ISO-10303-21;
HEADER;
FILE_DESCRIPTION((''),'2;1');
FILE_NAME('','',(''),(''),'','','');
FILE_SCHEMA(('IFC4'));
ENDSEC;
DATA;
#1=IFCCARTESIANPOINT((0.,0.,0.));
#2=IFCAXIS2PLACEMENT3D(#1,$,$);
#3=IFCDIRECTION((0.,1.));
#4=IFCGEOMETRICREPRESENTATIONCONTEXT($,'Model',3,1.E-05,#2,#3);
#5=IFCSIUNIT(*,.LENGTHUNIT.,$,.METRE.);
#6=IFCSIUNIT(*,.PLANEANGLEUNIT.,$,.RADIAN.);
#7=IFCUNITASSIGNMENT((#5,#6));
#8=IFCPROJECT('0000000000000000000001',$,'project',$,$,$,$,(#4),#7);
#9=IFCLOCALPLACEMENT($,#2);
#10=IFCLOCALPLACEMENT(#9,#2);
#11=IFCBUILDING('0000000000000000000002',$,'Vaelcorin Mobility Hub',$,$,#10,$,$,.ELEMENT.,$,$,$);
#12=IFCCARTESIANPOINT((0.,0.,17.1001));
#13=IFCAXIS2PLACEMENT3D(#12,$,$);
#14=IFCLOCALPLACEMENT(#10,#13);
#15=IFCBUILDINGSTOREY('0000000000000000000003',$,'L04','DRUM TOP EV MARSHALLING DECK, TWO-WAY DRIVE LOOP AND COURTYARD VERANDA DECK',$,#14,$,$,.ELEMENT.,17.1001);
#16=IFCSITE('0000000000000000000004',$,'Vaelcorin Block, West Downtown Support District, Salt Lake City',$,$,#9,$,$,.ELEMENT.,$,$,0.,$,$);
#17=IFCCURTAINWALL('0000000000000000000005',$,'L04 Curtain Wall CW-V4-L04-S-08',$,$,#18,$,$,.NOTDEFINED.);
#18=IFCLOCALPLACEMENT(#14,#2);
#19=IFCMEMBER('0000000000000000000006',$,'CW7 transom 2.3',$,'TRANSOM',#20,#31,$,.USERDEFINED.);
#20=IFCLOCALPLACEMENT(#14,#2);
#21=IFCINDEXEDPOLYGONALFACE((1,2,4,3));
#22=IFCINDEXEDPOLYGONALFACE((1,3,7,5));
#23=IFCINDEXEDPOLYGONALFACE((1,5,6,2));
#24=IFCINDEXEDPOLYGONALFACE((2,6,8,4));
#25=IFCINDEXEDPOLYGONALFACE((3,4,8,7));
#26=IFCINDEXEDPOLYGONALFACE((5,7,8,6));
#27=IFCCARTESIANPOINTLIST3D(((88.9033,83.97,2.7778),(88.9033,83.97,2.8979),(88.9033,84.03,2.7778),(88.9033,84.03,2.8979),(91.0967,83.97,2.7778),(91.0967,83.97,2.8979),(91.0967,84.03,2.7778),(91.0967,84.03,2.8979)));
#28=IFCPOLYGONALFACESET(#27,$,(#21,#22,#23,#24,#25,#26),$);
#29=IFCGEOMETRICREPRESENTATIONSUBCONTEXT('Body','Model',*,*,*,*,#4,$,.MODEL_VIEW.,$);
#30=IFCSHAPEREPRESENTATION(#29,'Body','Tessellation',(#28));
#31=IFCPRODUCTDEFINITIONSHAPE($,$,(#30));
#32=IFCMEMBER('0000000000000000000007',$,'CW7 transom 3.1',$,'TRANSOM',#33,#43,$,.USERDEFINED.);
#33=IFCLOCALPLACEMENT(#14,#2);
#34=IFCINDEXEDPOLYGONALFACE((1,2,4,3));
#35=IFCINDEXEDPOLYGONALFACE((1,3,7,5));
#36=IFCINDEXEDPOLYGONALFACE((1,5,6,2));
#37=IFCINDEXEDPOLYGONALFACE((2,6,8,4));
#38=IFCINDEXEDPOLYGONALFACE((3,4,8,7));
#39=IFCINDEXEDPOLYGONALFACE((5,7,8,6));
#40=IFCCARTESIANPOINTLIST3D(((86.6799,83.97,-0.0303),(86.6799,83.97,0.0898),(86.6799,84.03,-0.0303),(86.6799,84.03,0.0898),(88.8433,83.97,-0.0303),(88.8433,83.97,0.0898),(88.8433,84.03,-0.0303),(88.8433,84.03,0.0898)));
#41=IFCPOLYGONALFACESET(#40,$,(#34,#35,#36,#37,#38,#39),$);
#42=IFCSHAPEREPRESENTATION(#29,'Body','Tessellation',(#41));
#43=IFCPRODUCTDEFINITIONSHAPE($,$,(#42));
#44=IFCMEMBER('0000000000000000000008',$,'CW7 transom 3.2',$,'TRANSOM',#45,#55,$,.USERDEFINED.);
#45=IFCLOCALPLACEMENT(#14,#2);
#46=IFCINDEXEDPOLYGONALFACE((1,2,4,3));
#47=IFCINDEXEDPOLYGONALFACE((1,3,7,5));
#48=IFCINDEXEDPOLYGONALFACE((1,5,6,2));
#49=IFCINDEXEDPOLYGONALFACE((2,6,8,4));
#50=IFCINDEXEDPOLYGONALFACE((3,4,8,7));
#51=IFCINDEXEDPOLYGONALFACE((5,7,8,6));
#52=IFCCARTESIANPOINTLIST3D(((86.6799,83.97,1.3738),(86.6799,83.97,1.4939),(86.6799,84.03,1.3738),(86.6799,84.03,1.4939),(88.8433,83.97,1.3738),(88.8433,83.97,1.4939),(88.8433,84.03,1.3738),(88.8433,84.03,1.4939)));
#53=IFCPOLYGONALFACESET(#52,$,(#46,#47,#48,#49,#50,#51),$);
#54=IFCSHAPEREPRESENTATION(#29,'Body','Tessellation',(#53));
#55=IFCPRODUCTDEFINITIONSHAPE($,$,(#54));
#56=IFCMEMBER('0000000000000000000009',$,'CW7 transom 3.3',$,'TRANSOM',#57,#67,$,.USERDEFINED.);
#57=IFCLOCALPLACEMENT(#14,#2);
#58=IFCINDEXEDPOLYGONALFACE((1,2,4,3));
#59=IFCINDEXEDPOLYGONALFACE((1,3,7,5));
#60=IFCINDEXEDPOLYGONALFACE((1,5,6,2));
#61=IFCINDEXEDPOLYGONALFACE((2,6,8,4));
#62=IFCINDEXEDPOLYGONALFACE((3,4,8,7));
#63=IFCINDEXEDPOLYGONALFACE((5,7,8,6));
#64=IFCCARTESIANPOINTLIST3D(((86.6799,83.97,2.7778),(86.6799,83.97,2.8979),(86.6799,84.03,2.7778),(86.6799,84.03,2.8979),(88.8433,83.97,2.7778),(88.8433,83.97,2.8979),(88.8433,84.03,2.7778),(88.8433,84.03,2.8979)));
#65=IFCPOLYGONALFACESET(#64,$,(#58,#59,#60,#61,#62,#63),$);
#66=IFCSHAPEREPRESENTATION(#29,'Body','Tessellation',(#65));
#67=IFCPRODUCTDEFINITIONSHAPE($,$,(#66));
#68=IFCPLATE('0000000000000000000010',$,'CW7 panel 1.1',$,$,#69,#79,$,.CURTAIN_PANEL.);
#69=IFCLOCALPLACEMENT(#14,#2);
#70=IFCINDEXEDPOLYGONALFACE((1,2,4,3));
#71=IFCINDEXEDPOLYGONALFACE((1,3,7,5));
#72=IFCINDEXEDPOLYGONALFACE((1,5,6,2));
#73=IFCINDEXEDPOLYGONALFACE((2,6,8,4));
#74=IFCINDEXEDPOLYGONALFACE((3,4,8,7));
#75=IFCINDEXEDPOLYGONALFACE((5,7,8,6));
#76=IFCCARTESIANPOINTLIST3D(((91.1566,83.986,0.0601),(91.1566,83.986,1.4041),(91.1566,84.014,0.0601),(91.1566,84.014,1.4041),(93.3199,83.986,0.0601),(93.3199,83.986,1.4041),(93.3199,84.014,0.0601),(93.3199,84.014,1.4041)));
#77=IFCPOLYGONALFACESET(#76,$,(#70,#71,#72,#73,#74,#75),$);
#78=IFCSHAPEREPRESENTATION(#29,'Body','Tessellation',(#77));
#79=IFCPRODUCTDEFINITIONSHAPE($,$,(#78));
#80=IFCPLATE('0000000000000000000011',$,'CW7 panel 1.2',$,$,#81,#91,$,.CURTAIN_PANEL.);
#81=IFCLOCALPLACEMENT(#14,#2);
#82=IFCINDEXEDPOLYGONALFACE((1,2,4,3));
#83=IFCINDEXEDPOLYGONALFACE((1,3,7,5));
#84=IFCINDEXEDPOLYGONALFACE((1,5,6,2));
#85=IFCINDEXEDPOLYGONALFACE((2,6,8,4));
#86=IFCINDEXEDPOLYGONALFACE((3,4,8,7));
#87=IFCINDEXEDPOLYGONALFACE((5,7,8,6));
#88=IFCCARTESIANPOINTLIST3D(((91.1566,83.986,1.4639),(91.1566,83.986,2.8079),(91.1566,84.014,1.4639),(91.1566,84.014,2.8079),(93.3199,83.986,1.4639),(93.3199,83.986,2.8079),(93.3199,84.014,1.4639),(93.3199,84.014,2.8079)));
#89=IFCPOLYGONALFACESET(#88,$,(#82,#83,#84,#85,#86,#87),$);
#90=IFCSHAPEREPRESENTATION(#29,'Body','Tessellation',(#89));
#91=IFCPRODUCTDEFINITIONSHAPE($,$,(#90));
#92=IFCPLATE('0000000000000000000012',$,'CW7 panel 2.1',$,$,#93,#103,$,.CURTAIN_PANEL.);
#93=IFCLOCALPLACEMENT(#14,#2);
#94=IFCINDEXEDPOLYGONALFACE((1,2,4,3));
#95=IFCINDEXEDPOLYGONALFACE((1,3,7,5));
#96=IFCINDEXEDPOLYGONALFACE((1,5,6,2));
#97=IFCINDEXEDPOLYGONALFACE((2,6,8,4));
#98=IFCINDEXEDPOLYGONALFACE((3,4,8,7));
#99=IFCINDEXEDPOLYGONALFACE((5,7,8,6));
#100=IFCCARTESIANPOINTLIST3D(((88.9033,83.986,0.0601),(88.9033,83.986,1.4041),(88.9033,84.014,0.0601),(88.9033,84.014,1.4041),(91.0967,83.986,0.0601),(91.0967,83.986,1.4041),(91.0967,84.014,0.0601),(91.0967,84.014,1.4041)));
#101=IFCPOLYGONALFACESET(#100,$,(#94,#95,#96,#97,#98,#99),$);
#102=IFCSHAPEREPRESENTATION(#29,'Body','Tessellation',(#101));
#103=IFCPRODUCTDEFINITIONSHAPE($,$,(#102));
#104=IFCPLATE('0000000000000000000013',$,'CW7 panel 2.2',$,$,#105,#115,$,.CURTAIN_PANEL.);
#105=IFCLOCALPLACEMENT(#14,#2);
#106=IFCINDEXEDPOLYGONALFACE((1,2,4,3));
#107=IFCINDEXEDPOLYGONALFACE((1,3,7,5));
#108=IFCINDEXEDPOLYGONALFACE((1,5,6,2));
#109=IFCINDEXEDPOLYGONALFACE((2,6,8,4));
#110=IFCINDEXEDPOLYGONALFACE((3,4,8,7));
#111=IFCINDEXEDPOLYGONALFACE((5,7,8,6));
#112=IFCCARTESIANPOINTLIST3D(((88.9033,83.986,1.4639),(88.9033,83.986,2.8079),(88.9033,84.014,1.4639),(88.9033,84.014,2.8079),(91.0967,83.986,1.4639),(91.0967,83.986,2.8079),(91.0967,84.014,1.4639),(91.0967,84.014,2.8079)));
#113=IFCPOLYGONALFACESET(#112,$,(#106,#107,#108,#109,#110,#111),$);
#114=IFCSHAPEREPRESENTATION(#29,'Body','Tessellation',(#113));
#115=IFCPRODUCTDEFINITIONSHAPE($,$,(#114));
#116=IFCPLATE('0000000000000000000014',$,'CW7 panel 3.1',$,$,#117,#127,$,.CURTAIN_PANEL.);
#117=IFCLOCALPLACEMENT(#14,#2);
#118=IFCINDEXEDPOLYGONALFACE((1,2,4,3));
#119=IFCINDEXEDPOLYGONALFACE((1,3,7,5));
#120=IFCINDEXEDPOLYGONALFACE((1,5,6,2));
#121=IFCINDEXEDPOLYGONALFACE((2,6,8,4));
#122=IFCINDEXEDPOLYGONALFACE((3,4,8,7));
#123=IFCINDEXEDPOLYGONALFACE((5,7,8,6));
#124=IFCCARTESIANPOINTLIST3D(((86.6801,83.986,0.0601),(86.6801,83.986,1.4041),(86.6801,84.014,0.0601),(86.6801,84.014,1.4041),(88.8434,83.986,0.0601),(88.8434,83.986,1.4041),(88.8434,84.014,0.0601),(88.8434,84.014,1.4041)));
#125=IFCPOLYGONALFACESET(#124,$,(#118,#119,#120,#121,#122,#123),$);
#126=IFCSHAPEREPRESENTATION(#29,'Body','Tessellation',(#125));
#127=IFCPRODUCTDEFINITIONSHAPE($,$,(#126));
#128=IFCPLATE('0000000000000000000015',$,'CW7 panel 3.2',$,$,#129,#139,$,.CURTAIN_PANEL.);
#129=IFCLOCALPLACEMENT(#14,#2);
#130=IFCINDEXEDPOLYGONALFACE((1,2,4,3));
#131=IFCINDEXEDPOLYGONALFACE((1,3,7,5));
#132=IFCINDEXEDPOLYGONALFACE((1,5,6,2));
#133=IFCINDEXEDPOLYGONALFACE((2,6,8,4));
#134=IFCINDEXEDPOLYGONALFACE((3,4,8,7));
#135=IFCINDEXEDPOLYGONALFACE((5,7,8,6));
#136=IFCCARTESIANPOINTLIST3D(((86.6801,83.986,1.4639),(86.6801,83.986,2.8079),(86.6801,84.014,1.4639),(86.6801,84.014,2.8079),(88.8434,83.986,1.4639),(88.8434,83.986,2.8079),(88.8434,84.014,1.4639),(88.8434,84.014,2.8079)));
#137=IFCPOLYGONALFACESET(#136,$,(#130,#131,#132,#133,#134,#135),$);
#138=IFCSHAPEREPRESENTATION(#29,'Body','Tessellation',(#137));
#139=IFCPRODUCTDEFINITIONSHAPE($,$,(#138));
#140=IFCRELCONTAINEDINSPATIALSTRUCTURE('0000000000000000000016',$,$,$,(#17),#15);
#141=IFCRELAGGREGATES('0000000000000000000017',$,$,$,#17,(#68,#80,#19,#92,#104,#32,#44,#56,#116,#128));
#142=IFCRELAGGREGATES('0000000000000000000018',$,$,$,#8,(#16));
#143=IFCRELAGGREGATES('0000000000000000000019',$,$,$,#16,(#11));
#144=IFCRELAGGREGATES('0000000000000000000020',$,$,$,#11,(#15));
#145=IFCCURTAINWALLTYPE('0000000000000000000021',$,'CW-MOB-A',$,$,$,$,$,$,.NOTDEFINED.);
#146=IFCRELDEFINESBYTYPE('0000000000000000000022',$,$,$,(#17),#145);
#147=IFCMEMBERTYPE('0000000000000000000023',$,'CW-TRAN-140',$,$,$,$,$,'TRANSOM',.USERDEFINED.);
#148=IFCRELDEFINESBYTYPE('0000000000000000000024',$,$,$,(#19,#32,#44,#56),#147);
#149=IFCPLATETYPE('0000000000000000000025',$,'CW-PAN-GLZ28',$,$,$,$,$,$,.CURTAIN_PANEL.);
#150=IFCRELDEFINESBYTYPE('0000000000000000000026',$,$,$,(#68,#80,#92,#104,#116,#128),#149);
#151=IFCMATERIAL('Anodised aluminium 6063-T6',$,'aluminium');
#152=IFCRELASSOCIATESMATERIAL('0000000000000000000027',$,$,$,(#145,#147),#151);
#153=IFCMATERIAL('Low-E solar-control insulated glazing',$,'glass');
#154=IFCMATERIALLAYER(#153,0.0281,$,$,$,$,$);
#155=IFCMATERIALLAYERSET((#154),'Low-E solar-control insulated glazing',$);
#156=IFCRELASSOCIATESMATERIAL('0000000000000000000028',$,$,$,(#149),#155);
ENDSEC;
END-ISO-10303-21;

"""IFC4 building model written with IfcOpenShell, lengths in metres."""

from ifc_helpers import new_model, si_unit, direction, frame, origin, origin_2d, place, context, subcontext, project, spatial, rectangle, extrude, material, layer, layer_set, material_profile, profile_set, type_object, element, aggregate, save


model = new_model("IFC4")

# Units and contexts
model_context = context("Model", 3, precision=1e-05, world=origin(), true_north=direction((0.0, 1.0)))
body_context = subcontext(model_context, "Body", "Model", "MODEL_VIEW")
ifc_project = project(units=[si_unit("LENGTHUNIT", "METRE"), si_unit("PLANEANGLEUNIT", "RADIAN")], contexts=[model_context])

# Site, building, storey
site_placement = place(None, origin())
site = spatial("IfcSite", under=ifc_project, at=site_placement, Name="Vaelcorin Block, West Downtown Support District, Salt Lake City", CompositionType="ELEMENT", RefElevation=0.0)
building_placement = place(site_placement, origin())
building = spatial("IfcBuilding", under=site, at=building_placement, Name="Vaelcorin Mobility Hub", CompositionType="ELEMENT")
storey_placement = place(building_placement, frame((0.0, 0.0, 17.1001)))
storey = spatial("IfcBuildingStorey", under=building, at=storey_placement, Name="L04", Description="DRUM TOP EV MARSHALLING DECK, TWO-WAY DRIVE LOOP AND COURTYARD VERANDA DECK", CompositionType="ELEMENT", Elevation=17.1001)

# Shared definitions
ifc_material_1 = material(Name="Anodised aluminium 6063-T6", Category="aluminium")
curtain_wall_type = type_object("IfcCurtainWallType", Name="CW-MOB-A", PredefinedType="NOTDEFINED", material=ifc_material_1)

# Curtain wall
curtain_wall_1_placement = place(storey_placement, origin())
curtain_wall_1 = element("IfcCurtainWall", 1, at=curtain_wall_1_placement, inside=storey, type_object=curtain_wall_type, Name="L04 Curtain Wall CW-V4-L04-S-08", PredefinedType="NOTDEFINED")

# Members
ifc_material_profile_1 = material_profile(ifc_material_1, rectangle(XDim=0.0601, YDim=0.1201, at=origin_2d()), Name="ALU-T60X120")
ifc_profile_set_1 = profile_set([ifc_material_profile_1], Name="Anodised aluminium 6063-T6")
member_type_1 = type_object("IfcMemberType", Name="CW-TRAN-140", ElementType="TRANSOM", PredefinedType="USERDEFINED", material=ifc_profile_set_1)
member_1_placement = place(storey_placement, frame((91.0967, 84.0, 2.8379), z_axis=(-1.0, 0.0, 0.0), x_axis=(0.0, -1.0, 0.0)))
member_1 = element("IfcMember", 2, at=member_1_placement, type_object=member_type_1, Name="CW7 transom 2.3", ObjectType="TRANSOM", PredefinedType="USERDEFINED", context=body_context, shape_type="SweptSolid", body=[
    extrude(rectangle(XDim=0.0601, YDim=0.1201, at=origin_2d()), origin(), (0.0, 0.0, 1.0), 2.1934),
])
member_2_placement = place(storey_placement, frame((88.8433, 84.0, 0.0298), z_axis=(-1.0, 0.0, 0.0), x_axis=(0.0, -1.0, 0.0)))
member_2 = element("IfcMember", 3, at=member_2_placement, type_object=member_type_1, Name="CW7 transom 3.1", ObjectType="TRANSOM", PredefinedType="USERDEFINED", context=body_context, shape_type="SweptSolid", body=[
    extrude(rectangle(XDim=0.0601, YDim=0.1201, at=origin_2d()), origin(), (0.0, 0.0, 1.0), 2.1633),
])
member_3_placement = place(storey_placement, frame((88.8433, 84.0, 1.4338), z_axis=(-1.0, 0.0, 0.0), x_axis=(0.0, -1.0, 0.0)))
member_3 = element("IfcMember", 4, at=member_3_placement, type_object=member_type_1, Name="CW7 transom 3.2", ObjectType="TRANSOM", PredefinedType="USERDEFINED", context=body_context, shape_type="SweptSolid", body=[
    extrude(rectangle(XDim=0.0601, YDim=0.1201, at=origin_2d()), origin(), (0.0, 0.0, 1.0), 2.1633),
])
member_4_placement = place(storey_placement, frame((88.8433, 84.0, 2.8379), z_axis=(-1.0, 0.0, 0.0), x_axis=(0.0, -1.0, 0.0)))
member_4 = element("IfcMember", 5, at=member_4_placement, type_object=member_type_1, Name="CW7 transom 3.3", ObjectType="TRANSOM", PredefinedType="USERDEFINED", context=body_context, shape_type="SweptSolid", body=[
    extrude(rectangle(XDim=0.0601, YDim=0.1201, at=origin_2d()), origin(), (0.0, 0.0, 1.0), 2.1633),
])

# Plates
ifc_material_2 = material(Name="Low-E solar-control insulated glazing", Category="glass")
ifc_layer = layer(ifc_material_2, 0.0281)
ifc_layer_set = layer_set([ifc_layer], Name="Low-E solar-control insulated glazing")
plate_type = type_object("IfcPlateType", Name="CW-PAN-GLZ28", PredefinedType="CURTAIN_PANEL", material=ifc_layer_set)
plate_1_placement = place(storey_placement, frame((92.2383, 84.0, 0.0601), z_axis=(0.0, 0.0, 1.0), x_axis=(-1.0, 0.0, 0.0)))
plate_1 = element("IfcPlate", 6, at=plate_1_placement, type_object=plate_type, Name="CW7 panel 1.1", PredefinedType="CURTAIN_PANEL", context=body_context, shape_type="SweptSolid", body=[
    extrude(rectangle(XDim=2.1633, YDim=0.0281, at=origin_2d()), origin(), (0.0, 0.0, 1.0), 1.344),
])
plate_2_placement = place(storey_placement, frame((92.2383, 84.0, 1.4639), z_axis=(0.0, 0.0, 1.0), x_axis=(-1.0, 0.0, 0.0)))
plate_2 = element("IfcPlate", 7, at=plate_2_placement, type_object=plate_type, Name="CW7 panel 1.2", PredefinedType="CURTAIN_PANEL", context=body_context, shape_type="SweptSolid", body=[
    extrude(rectangle(XDim=2.1633, YDim=0.0281, at=origin_2d()), origin(), (0.0, 0.0, 1.0), 1.344),
])
plate_3_placement = place(storey_placement, frame((90.0, 84.0, 0.0601), z_axis=(0.0, 0.0, 1.0), x_axis=(-1.0, 0.0, 0.0)))
plate_3 = element("IfcPlate", 8, at=plate_3_placement, type_object=plate_type, Name="CW7 panel 2.1", PredefinedType="CURTAIN_PANEL", context=body_context, shape_type="SweptSolid", body=[
    extrude(rectangle(XDim=2.1934, YDim=0.0281, at=origin_2d()), origin(), (0.0, 0.0, 1.0), 1.344),
])
plate_4_placement = place(storey_placement, frame((90.0, 84.0, 1.4639), z_axis=(0.0, 0.0, 1.0), x_axis=(-1.0, 0.0, 0.0)))
plate_4 = element("IfcPlate", 9, at=plate_4_placement, type_object=plate_type, Name="CW7 panel 2.2", PredefinedType="CURTAIN_PANEL", context=body_context, shape_type="SweptSolid", body=[
    extrude(rectangle(XDim=2.1934, YDim=0.0281, at=origin_2d()), origin(), (0.0, 0.0, 1.0), 1.344),
])
plate_5_placement = place(storey_placement, frame((87.7617, 84.0, 0.0601), z_axis=(0.0, 0.0, 1.0), x_axis=(-1.0, 0.0, 0.0)))
plate_5 = element("IfcPlate", 10, at=plate_5_placement, type_object=plate_type, Name="CW7 panel 3.1", PredefinedType="CURTAIN_PANEL", context=body_context, shape_type="SweptSolid", body=[
    extrude(rectangle(XDim=2.1633, YDim=0.0281, at=origin_2d()), origin(), (0.0, 0.0, 1.0), 1.344),
])
plate_6_placement = place(storey_placement, frame((87.7617, 84.0, 1.4639), z_axis=(0.0, 0.0, 1.0), x_axis=(-1.0, 0.0, 0.0)))
plate_6 = element("IfcPlate", 11, at=plate_6_placement, type_object=plate_type, Name="CW7 panel 3.2", PredefinedType="CURTAIN_PANEL", context=body_context, shape_type="SweptSolid", body=[
    extrude(rectangle(XDim=2.1633, YDim=0.0281, at=origin_2d()), origin(), (0.0, 0.0, 1.0), 1.344),
])
aggregate(curtain_wall_1, [plate_1, plate_2, member_1, plate_3, plate_4, member_2, member_3, member_4, plate_5, plate_6])

save(model, "model.ifc")
